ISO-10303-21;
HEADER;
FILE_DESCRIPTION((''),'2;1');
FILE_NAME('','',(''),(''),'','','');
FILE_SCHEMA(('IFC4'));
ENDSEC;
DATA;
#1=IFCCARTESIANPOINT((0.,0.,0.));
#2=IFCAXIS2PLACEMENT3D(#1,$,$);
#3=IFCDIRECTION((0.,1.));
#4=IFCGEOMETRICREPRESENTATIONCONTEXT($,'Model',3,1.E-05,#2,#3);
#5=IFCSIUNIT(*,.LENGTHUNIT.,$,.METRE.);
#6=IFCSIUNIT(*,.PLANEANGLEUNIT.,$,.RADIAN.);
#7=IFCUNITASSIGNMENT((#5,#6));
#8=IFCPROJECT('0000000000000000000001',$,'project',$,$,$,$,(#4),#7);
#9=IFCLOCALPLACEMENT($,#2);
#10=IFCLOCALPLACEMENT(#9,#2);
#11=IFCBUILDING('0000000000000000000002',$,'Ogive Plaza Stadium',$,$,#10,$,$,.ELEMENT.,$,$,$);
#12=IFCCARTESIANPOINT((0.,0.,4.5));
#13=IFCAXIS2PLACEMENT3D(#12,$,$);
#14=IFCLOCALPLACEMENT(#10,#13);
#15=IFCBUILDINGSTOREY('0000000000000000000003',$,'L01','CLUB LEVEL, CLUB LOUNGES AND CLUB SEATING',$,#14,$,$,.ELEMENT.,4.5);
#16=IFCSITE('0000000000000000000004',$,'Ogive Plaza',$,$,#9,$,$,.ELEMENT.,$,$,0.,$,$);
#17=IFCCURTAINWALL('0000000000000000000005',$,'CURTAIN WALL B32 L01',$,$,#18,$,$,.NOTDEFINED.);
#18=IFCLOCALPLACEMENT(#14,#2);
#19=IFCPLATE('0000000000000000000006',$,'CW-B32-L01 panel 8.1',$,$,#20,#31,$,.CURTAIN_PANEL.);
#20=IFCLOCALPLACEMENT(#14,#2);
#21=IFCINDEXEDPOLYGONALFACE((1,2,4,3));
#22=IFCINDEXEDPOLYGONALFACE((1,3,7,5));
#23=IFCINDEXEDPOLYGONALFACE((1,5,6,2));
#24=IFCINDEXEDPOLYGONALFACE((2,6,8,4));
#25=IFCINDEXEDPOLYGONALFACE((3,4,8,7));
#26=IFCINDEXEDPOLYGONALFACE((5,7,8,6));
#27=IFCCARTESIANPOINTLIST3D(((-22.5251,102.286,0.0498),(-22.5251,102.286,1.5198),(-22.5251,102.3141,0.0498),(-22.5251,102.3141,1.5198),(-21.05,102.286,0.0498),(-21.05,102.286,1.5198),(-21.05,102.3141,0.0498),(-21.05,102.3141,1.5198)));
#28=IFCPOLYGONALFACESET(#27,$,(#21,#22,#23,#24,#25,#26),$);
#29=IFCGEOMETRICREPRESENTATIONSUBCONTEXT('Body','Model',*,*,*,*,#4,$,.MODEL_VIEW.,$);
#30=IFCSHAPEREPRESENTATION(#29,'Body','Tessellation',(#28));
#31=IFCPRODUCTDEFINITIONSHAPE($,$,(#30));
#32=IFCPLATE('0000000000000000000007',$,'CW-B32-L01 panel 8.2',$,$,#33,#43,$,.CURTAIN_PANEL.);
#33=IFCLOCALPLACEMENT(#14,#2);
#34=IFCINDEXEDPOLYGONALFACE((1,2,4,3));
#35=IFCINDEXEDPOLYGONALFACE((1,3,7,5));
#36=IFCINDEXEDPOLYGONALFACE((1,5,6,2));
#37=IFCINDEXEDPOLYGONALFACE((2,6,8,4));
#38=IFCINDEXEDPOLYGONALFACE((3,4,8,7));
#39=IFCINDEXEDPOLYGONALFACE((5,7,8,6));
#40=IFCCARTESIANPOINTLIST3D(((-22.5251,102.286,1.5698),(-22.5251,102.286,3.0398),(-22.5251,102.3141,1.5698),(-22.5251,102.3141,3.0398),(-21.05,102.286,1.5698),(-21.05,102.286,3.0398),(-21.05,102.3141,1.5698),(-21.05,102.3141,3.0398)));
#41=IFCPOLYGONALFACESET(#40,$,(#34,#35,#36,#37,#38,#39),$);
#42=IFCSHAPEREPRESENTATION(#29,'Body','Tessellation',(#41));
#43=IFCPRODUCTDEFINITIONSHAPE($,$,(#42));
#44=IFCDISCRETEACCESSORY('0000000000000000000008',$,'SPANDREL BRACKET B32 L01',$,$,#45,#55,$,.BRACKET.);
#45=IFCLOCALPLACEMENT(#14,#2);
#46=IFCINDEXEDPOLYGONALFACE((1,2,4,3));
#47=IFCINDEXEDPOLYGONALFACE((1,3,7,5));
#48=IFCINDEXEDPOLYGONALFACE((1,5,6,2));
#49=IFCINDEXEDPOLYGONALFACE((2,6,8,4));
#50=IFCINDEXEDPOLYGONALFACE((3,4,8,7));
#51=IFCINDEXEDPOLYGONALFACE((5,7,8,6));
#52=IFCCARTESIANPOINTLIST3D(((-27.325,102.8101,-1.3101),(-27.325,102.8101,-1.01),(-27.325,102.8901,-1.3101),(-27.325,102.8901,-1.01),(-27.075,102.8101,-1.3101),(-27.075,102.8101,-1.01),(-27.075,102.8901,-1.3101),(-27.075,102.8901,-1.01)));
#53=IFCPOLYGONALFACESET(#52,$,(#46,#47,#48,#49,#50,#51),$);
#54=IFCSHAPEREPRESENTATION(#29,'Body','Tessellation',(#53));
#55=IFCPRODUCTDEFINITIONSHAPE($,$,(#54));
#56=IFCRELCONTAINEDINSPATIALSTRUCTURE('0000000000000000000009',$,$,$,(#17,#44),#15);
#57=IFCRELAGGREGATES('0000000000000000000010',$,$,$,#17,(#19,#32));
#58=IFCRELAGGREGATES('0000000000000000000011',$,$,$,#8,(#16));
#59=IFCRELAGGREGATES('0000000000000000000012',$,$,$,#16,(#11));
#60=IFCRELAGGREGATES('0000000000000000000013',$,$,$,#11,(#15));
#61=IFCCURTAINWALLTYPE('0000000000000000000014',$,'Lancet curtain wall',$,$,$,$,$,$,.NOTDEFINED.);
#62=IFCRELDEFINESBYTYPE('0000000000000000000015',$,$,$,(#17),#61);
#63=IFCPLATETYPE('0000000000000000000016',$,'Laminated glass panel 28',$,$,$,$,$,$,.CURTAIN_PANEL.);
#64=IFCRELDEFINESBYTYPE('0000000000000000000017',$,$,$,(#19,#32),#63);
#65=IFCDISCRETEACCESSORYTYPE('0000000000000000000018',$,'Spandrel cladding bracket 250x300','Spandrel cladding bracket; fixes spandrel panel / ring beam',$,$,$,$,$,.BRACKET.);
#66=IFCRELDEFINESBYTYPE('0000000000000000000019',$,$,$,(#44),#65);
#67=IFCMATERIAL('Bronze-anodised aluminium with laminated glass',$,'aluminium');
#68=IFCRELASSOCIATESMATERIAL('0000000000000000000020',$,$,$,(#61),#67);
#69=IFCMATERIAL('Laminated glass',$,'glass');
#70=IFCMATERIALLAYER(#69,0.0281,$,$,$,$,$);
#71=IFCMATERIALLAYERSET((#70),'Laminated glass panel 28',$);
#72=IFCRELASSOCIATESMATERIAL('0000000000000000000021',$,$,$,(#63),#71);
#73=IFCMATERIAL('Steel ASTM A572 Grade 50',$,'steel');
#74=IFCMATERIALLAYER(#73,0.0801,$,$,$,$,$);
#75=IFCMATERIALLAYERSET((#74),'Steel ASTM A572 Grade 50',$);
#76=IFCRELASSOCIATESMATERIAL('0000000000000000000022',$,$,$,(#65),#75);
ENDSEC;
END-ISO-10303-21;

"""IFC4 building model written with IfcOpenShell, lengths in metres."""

from ifc_helpers import new_model, si_unit, direction, frame, origin, origin_2d, place, context, subcontext, project, spatial, rectangle, extrude, material, layer, layer_set, type_object, element, aggregate, save


model = new_model("IFC4")

# Units and contexts
model_context = context("Model", 3, precision=1e-05, world=origin(), true_north=direction((0.0, 1.0)))
body_context = subcontext(model_context, "Body", "Model", "MODEL_VIEW")
ifc_project = project(units=[si_unit("LENGTHUNIT", "METRE"), si_unit("PLANEANGLEUNIT", "RADIAN")], contexts=[model_context])

# Site, building, storey
site_placement = place(None, origin())
site = spatial("IfcSite", under=ifc_project, at=site_placement, Name="Ogive Plaza", CompositionType="ELEMENT", RefElevation=0.0)
building_placement = place(site_placement, origin())
building = spatial("IfcBuilding", under=site, at=building_placement, Name="Ogive Plaza Stadium", CompositionType="ELEMENT")
storey_placement = place(building_placement, frame((0.0, 0.0, 4.5)))
storey = spatial("IfcBuildingStorey", under=building, at=storey_placement, Name="L01", Description="CLUB LEVEL, CLUB LOUNGES AND CLUB SEATING", CompositionType="ELEMENT", Elevation=4.5)

# Curtain wall
ifc_material_1 = material(Name="Bronze-anodised aluminium with laminated glass", Category="aluminium")
curtain_wall_type = type_object("IfcCurtainWallType", Name="Lancet curtain wall", PredefinedType="NOTDEFINED", material=ifc_material_1)
curtain_wall_1_placement = place(storey_placement, origin())
curtain_wall_1 = element("IfcCurtainWall", 1, at=curtain_wall_1_placement, inside=storey, type_object=curtain_wall_type, Name="CURTAIN WALL B32 L01", PredefinedType="NOTDEFINED")

# Plates
ifc_material_2 = material(Name="Laminated glass", Category="glass")
ifc_layer_1 = layer(ifc_material_2, 0.0281)
ifc_layer_set_1 = layer_set([ifc_layer_1], Name="Laminated glass panel 28")
plate_type = type_object("IfcPlateType", Name="Laminated glass panel 28", PredefinedType="CURTAIN_PANEL", material=ifc_layer_set_1)
plate_1_placement = place(storey_placement, frame((-21.7876, 102.3, 0.0498), z_axis=(0.0, 0.0, 1.0), x_axis=(1.0, 0.0, 0.0)))
plate_1 = element("IfcPlate", 2, at=plate_1_placement, type_object=plate_type, Name="CW-B32-L01 panel 8.1", PredefinedType="CURTAIN_PANEL", context=body_context, shape_type="SweptSolid", body=[
    extrude(rectangle(XDim=1.4751, YDim=0.0281, at=origin_2d()), origin(), (0.0, 0.0, 1.0), 1.47),
])
plate_2_placement = place(storey_placement, frame((-21.7876, 102.3, 1.5698), z_axis=(0.0, 0.0, 1.0), x_axis=(1.0, 0.0, 0.0)))
plate_2 = element("IfcPlate", 3, at=plate_2_placement, type_object=plate_type, Name="CW-B32-L01 panel 8.2", PredefinedType="CURTAIN_PANEL", context=body_context, shape_type="SweptSolid", body=[
    extrude(rectangle(XDim=1.4751, YDim=0.0281, at=origin_2d()), origin(), (0.0, 0.0, 1.0), 1.47),
])
aggregate(curtain_wall_1, [plate_1, plate_2])

# Discrete accessory
ifc_material_3 = material(Name="Steel ASTM A572 Grade 50", Category="steel")
ifc_layer_2 = layer(ifc_material_3, 0.0801)
ifc_layer_set_2 = layer_set([ifc_layer_2], Name="Steel ASTM A572 Grade 50")
discrete_accessory_type = type_object("IfcDiscreteAccessoryType", Name="Spandrel cladding bracket 250x300", Description="Spandrel cladding bracket; fixes spandrel panel / ring beam", PredefinedType="BRACKET", material=ifc_layer_set_2)
discrete_accessory_placement = place(storey_placement, frame((-27.2, 102.8501, -1.3101), z_axis=(0.0, 0.0, 1.0), x_axis=(1.0, 0.0, 0.0)))
element("IfcDiscreteAccessory", 4, at=discrete_accessory_placement, inside=storey, type_object=discrete_accessory_type, Name="SPANDREL BRACKET B32 L01", PredefinedType="BRACKET", context=body_context, shape_type="SweptSolid", body=[
    extrude(rectangle(XDim=0.25, YDim=0.0801, at=origin_2d()), origin(), (0.0, 0.0, 1.0), 0.3),
])

save(model, "model.ifc")
